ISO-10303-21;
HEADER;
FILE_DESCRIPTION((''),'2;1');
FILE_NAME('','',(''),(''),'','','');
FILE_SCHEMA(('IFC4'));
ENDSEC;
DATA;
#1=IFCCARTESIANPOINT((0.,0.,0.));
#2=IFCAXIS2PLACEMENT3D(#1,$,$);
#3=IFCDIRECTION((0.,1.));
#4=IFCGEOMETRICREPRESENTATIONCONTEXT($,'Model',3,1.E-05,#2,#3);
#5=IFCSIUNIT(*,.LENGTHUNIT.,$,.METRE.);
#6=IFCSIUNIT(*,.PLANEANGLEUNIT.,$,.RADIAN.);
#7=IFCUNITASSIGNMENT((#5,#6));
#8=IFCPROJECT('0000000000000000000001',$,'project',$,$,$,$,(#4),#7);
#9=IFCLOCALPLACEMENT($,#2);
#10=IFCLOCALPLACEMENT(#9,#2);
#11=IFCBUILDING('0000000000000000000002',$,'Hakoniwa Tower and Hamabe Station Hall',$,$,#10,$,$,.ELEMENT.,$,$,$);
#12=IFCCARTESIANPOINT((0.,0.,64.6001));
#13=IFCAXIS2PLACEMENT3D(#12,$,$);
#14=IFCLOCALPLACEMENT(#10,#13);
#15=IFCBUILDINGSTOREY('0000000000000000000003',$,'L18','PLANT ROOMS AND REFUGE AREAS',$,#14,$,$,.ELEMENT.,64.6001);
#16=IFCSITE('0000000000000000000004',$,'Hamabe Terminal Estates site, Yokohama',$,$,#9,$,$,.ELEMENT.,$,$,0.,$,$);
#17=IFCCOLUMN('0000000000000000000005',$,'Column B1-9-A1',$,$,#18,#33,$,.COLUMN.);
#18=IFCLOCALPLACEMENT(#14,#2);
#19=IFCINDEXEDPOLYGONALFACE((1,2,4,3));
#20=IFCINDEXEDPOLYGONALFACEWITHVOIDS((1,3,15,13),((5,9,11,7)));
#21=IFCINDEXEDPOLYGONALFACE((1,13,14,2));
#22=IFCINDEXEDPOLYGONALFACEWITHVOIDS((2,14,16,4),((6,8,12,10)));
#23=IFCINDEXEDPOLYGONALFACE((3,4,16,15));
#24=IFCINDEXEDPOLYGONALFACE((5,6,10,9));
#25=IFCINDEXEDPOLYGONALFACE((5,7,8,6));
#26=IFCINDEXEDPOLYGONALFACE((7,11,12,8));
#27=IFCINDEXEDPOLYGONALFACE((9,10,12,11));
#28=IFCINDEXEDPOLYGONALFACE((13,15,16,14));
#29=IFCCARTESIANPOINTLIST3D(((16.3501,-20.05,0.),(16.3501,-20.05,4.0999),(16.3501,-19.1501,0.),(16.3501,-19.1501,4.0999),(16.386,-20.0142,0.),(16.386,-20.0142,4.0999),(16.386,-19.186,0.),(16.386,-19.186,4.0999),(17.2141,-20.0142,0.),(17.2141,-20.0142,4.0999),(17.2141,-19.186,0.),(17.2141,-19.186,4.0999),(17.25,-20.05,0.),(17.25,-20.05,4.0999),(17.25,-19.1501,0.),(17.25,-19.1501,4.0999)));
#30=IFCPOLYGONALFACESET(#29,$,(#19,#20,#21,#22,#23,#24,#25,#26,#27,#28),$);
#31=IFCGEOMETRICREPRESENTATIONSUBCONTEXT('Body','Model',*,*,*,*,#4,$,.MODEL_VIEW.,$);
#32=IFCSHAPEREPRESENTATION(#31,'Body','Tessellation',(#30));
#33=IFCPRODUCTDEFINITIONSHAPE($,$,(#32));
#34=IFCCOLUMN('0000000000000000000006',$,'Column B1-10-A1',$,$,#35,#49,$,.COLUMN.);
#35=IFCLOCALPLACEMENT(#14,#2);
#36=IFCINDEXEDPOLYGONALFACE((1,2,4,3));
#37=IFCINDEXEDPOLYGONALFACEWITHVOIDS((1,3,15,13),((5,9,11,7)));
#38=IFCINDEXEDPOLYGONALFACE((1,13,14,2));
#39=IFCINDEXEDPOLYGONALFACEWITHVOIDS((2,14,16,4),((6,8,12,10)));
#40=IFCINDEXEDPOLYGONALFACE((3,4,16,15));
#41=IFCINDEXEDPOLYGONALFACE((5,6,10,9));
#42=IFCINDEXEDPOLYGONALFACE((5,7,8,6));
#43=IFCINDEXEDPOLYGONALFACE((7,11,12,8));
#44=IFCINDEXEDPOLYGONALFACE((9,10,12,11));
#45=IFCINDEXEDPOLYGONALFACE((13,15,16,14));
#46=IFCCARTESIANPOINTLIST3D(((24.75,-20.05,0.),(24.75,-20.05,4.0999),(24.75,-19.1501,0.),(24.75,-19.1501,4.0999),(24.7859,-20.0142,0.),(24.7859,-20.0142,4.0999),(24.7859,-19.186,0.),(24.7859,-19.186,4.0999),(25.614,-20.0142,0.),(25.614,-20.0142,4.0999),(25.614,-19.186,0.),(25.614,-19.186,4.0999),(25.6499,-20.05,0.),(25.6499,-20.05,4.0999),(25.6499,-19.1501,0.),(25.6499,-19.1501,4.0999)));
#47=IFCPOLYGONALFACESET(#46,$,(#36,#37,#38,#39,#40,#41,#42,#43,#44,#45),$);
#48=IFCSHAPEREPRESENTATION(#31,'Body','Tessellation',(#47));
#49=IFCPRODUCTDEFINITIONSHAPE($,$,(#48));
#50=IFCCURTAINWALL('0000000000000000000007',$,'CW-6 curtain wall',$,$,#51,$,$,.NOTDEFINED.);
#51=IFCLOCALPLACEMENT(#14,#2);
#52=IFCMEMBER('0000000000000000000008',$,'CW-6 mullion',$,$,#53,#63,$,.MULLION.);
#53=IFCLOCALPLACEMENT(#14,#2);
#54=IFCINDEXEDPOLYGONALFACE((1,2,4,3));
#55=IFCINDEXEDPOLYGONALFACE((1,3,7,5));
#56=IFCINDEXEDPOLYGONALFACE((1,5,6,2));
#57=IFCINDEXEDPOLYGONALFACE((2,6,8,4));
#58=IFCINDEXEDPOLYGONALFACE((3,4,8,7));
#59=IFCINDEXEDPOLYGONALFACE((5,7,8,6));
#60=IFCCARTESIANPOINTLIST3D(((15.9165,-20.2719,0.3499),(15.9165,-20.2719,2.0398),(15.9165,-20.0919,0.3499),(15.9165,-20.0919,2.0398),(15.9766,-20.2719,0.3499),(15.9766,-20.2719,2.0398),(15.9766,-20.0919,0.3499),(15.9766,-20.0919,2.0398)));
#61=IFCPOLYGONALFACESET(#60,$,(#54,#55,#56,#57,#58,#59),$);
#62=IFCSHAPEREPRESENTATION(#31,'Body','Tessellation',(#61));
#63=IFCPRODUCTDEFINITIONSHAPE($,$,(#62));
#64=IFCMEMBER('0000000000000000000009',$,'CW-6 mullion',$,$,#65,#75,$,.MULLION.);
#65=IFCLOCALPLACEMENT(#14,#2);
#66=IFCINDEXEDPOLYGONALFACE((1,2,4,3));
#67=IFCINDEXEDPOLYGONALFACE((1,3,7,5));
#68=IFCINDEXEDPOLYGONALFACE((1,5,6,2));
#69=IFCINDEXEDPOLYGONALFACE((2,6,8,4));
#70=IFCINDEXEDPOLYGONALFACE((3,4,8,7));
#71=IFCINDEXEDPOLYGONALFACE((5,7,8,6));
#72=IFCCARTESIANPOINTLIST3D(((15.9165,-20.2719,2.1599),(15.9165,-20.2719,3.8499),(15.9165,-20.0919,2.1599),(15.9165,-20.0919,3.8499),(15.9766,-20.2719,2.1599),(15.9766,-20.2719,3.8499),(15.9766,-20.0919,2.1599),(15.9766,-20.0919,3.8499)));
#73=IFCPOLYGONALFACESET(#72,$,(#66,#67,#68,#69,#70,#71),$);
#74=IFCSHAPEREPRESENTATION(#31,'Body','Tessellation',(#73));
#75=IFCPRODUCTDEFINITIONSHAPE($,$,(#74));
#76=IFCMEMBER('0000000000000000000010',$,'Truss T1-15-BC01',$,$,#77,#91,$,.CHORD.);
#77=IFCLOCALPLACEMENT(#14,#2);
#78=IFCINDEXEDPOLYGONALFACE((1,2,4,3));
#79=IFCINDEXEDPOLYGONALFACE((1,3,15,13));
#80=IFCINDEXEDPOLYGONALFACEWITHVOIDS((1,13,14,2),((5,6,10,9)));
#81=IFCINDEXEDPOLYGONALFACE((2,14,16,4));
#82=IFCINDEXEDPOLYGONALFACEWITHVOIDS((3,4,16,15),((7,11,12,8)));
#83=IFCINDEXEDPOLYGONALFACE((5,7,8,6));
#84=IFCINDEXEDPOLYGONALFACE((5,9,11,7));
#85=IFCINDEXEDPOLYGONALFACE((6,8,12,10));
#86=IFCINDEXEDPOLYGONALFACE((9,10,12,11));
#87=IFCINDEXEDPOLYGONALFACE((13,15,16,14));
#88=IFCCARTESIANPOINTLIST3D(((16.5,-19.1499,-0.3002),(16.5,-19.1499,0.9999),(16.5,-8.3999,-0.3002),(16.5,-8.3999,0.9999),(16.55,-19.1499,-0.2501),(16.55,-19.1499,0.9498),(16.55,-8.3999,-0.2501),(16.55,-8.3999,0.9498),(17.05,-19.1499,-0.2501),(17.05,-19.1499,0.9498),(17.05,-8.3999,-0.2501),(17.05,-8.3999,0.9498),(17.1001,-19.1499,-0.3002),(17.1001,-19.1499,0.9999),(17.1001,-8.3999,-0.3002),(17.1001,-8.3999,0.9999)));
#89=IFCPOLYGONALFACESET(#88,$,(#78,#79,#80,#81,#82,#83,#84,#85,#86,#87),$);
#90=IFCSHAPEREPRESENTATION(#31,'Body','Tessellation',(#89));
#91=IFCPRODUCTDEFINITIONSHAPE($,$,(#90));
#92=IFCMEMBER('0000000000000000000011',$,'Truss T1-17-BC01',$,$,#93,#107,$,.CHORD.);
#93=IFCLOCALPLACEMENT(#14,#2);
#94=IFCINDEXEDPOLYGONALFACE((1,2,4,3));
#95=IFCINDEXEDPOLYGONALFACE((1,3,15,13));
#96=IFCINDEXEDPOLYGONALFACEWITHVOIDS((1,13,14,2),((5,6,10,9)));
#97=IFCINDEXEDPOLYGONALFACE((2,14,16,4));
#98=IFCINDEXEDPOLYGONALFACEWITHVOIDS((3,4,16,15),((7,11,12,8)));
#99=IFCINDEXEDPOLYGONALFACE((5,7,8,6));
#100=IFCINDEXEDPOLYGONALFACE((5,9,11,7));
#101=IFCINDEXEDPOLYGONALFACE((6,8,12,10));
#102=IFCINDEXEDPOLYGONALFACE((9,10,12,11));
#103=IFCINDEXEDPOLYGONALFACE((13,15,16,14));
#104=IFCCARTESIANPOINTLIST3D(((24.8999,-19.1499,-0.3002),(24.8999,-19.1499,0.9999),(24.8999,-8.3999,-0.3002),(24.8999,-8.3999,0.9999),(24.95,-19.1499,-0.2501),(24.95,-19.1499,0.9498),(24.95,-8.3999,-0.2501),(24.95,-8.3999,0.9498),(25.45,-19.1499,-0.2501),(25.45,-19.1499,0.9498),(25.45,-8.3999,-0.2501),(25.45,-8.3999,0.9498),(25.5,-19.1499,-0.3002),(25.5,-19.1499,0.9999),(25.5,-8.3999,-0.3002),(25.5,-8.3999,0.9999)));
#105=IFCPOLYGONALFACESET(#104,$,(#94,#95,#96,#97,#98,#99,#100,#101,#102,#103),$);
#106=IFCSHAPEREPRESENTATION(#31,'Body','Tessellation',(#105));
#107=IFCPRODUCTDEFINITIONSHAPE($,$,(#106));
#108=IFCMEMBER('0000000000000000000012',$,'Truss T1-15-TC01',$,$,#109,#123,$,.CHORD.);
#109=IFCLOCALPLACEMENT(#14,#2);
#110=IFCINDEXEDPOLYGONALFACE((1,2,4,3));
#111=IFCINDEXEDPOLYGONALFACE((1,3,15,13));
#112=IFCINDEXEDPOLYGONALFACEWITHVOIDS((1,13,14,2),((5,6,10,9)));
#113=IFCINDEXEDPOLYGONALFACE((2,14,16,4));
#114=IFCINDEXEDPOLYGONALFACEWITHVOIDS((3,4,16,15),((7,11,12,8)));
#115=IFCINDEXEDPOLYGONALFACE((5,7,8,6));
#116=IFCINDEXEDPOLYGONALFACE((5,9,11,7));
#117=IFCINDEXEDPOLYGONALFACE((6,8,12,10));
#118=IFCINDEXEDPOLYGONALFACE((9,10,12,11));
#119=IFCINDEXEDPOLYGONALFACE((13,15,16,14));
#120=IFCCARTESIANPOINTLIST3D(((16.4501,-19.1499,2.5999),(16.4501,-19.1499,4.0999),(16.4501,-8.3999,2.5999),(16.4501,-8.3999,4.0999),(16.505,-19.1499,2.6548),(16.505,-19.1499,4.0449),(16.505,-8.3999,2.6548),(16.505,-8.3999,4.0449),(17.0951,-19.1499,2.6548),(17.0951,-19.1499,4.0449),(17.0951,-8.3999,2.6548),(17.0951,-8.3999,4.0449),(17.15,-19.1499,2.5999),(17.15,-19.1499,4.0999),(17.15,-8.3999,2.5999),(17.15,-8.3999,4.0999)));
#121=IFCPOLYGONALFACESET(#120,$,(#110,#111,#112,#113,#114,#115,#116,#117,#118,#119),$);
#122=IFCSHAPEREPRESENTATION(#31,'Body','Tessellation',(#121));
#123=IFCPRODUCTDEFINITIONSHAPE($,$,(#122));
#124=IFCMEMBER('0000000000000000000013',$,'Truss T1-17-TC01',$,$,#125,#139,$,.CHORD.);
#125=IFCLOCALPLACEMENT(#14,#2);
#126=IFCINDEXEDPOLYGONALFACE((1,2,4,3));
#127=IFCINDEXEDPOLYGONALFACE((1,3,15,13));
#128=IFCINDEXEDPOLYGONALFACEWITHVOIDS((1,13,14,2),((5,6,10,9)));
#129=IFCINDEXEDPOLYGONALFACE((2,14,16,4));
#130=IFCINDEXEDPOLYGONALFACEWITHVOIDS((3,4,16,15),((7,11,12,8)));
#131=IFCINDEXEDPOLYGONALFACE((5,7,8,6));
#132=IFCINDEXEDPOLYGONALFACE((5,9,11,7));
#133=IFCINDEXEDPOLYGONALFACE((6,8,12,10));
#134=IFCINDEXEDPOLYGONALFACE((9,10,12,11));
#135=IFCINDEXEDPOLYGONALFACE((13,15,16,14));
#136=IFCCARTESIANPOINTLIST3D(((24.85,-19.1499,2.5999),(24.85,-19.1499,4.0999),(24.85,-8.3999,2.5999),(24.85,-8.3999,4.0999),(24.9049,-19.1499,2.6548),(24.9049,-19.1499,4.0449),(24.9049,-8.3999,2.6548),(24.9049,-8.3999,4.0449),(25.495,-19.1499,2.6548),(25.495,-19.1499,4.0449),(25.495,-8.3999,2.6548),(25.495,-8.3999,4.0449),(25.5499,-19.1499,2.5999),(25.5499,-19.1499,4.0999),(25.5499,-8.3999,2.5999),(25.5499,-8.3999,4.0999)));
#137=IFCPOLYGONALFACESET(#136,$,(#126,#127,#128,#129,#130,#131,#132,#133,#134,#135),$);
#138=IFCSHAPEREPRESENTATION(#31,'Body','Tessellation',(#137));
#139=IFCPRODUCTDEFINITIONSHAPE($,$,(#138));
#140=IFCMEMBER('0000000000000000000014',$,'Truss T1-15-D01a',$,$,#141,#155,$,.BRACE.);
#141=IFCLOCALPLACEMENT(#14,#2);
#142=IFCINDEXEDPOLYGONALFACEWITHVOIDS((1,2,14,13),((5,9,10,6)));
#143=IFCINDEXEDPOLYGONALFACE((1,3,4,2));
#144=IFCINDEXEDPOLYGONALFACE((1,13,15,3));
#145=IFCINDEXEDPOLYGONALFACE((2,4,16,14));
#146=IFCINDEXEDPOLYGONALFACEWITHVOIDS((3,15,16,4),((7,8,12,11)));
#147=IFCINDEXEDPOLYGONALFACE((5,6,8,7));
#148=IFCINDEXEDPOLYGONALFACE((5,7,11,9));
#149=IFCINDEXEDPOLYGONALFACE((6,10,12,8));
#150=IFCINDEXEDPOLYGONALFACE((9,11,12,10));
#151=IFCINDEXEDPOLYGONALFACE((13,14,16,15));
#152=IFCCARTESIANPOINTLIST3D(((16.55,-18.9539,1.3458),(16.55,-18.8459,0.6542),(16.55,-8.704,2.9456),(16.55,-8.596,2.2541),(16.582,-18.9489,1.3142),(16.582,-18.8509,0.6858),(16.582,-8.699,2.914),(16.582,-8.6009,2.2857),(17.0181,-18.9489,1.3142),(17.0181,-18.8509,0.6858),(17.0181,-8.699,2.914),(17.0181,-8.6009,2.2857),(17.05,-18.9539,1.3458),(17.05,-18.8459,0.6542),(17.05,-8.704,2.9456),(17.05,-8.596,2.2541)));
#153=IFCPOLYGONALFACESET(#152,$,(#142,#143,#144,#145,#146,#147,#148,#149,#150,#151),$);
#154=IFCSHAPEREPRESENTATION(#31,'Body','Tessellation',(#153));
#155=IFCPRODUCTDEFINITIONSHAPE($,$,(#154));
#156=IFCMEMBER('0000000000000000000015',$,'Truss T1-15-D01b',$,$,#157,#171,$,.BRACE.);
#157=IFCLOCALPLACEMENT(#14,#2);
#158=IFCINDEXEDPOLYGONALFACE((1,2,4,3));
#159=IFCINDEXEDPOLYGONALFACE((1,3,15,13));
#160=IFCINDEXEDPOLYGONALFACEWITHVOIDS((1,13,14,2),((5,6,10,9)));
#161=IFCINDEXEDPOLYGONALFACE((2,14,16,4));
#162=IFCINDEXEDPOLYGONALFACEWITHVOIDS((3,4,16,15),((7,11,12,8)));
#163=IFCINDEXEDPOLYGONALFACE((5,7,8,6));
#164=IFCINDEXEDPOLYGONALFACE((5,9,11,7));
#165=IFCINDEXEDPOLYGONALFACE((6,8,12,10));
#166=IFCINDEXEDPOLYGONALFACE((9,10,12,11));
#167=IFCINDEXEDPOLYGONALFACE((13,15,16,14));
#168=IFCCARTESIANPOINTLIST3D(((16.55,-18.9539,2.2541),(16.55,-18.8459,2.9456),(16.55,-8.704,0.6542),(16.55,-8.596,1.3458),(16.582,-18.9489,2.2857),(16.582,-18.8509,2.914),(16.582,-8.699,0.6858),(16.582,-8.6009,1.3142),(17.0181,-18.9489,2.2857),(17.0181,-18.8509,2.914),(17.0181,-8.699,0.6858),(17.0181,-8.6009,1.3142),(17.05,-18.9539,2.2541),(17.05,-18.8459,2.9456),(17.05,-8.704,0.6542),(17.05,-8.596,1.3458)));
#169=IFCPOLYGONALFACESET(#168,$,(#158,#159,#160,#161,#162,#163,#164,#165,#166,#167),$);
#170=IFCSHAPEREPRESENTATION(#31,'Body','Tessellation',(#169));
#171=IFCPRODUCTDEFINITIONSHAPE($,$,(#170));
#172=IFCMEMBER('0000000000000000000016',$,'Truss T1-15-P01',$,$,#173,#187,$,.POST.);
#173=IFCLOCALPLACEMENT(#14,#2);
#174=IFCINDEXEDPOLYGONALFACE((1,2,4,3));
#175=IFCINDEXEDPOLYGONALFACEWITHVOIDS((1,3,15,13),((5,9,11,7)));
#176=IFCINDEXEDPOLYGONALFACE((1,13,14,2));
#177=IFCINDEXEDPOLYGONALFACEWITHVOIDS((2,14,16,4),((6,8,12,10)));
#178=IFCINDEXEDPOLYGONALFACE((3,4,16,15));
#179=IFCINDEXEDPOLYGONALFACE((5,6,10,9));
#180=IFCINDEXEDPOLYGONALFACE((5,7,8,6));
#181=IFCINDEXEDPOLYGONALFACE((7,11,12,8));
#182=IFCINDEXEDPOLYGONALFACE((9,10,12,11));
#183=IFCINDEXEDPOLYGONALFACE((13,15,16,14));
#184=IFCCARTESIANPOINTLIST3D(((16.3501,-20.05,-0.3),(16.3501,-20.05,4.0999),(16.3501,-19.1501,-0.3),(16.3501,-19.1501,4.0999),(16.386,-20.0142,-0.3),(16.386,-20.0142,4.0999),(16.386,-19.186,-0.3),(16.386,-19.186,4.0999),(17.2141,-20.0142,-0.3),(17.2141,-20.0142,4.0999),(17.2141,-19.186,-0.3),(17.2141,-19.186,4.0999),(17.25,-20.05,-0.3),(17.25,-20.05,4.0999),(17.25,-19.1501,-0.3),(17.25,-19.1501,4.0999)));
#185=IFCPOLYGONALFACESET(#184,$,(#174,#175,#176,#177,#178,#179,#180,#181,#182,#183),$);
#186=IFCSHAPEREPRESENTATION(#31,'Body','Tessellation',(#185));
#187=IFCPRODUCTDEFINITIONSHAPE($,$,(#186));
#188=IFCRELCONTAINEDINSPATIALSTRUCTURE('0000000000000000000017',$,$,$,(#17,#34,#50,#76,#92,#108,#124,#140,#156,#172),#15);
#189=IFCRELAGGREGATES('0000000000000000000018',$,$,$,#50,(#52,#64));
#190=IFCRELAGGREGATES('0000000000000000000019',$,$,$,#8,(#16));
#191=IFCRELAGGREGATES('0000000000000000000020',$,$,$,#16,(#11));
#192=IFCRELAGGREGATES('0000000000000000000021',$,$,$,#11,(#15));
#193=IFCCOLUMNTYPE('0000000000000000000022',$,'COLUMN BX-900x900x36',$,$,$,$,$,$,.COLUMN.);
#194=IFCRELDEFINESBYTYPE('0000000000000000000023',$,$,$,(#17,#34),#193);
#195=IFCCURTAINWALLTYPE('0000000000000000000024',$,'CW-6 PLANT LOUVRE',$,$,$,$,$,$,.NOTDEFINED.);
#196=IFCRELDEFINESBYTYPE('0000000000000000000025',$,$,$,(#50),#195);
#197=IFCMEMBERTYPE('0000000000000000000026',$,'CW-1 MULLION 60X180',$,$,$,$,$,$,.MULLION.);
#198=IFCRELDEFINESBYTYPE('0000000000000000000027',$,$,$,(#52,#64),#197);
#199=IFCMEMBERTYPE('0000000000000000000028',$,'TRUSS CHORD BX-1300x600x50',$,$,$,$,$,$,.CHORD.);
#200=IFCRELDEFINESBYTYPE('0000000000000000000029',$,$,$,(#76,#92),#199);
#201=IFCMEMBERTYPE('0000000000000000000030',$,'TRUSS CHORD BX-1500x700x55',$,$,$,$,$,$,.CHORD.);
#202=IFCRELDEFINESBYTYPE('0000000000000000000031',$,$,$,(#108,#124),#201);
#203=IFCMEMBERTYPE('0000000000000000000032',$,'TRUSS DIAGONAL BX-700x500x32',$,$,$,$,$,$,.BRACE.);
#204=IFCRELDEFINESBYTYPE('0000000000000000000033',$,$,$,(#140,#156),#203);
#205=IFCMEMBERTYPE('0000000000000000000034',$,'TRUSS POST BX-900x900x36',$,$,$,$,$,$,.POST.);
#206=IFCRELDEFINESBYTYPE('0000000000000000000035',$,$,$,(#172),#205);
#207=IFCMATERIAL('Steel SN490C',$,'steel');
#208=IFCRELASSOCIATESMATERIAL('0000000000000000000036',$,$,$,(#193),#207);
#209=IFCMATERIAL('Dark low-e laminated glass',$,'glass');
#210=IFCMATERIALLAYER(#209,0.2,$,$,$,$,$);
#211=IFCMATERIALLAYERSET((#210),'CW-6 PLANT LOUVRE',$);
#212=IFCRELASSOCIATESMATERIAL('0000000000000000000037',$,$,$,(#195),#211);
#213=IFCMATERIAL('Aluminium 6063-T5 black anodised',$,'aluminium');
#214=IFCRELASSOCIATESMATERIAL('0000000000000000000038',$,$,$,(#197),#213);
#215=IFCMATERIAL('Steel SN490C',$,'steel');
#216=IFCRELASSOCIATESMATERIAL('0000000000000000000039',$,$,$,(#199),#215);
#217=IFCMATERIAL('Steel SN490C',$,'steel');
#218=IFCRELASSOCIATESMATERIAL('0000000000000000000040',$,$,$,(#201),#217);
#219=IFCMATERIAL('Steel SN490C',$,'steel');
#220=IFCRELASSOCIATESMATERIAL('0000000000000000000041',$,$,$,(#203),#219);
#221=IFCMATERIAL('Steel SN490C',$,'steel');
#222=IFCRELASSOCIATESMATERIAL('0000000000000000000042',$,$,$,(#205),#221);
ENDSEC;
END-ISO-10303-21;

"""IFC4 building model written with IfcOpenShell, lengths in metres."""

from ifc_helpers import new_model, si_unit, direction, frame, origin, origin_2d, place, context, subcontext, project, spatial, rectangle, hollow_rectangle, extrude, material, layer, layer_set, material_profile, profile_set, type_object, element, aggregate, save


model = new_model("IFC4")

# Units and contexts
model_context = context("Model", 3, precision=1e-05, world=origin(), true_north=direction((0.0, 1.0)))
body_context = subcontext(model_context, "Body", "Model", "MODEL_VIEW")
ifc_project = project(units=[si_unit("LENGTHUNIT", "METRE"), si_unit("PLANEANGLEUNIT", "RADIAN")], contexts=[model_context])

# Site, building, storey
site_placement = place(None, origin())
site = spatial("IfcSite", under=ifc_project, at=site_placement, Name="Hamabe Terminal Estates site, Yokohama", CompositionType="ELEMENT", RefElevation=0.0)
building_placement = place(site_placement, origin())
building = spatial("IfcBuilding", under=site, at=building_placement, Name="Hakoniwa Tower and Hamabe Station Hall", CompositionType="ELEMENT")
storey_placement = place(building_placement, frame((0.0, 0.0, 64.6001)))
storey = spatial("IfcBuildingStorey", under=building, at=storey_placement, Name="L18", Description="PLANT ROOMS AND REFUGE AREAS", CompositionType="ELEMENT", Elevation=64.6001)

# Columns
ifc_material_1 = material(Name="Steel SN490C", Category="steel")
ifc_material_profile_1 = material_profile(ifc_material_1, hollow_rectangle(XDim=0.8999, YDim=0.8999, WallThickness=0.0359, at=origin_2d()), Name="BX-900x900x36")
ifc_profile_set_1 = profile_set([ifc_material_profile_1], Name="Steel SN490C")
column_type = type_object("IfcColumnType", Name="COLUMN BX-900x900x36", PredefinedType="COLUMN", material=ifc_profile_set_1)
for number, where, z_axis, x_axis, name in (
    (1, (16.8, -19.6001, 0.0), (0.0, 0.0, 1.0), (1.0, 0.0, 0.0), "Column B1-9-A1"),
    (2, (25.2, -19.6001, 0.0), (0.0, 0.0, 1.0), (1.0, 0.0, 0.0), "Column B1-10-A1"),
):
    element("IfcColumn", number, at=place(storey_placement, frame(where, z_axis=z_axis, x_axis=x_axis)), inside=storey, type_object=column_type, Name=name, PredefinedType="COLUMN", context=body_context, shape_type="SweptSolid", body=[
        extrude(hollow_rectangle(XDim=0.8999, YDim=0.8999, WallThickness=0.0359, at=origin_2d()), origin(), (0.0, 0.0, 1.0), 4.0999),
    ])

# Curtain wall, members
ifc_material_2 = material(Name="Dark low-e laminated glass", Category="glass")
ifc_layer_1 = layer(ifc_material_2, 0.2)
ifc_layer_set_1 = layer_set([ifc_layer_1], Name="CW-6 PLANT LOUVRE")
curtain_wall_type = type_object("IfcCurtainWallType", Name="CW-6 PLANT LOUVRE", PredefinedType="NOTDEFINED", material=ifc_layer_set_1)
curtain_wall_placement = place(storey_placement, origin())
curtain_wall = element("IfcCurtainWall", 3, at=curtain_wall_placement, inside=storey, type_object=curtain_wall_type, Name="CW-6 curtain wall", PredefinedType="NOTDEFINED")
ifc_material_3 = material(Name="Aluminium 6063-T5 black anodised", Category="aluminium")
ifc_material_profile_2 = material_profile(ifc_material_3, rectangle(XDim=0.0601, YDim=0.1799, at=origin_2d()), Name="CW-1 MULLION 60X180")
ifc_profile_set_2 = profile_set([ifc_material_profile_2], Name="Aluminium 6063-T5 black anodised")
member_type_1 = type_object("IfcMemberType", Name="CW-1 MULLION 60X180", PredefinedType="MULLION", material=ifc_profile_set_2)
member_1_placement = place(storey_placement, frame((15.9465, -20.1819, 0.3499), z_axis=(0.0, 0.0, 1.0), x_axis=(1.0, 0.0, 0.0)))
member_1 = element("IfcMember", 4, at=member_1_placement, type_object=member_type_1, Name="CW-6 mullion", PredefinedType="MULLION", context=body_context, shape_type="SweptSolid", body=[
    extrude(rectangle(XDim=0.0601, YDim=0.1799, at=origin_2d()), origin(), (0.0, 0.0, 1.0), 1.6899),
])
member_2_placement = place(storey_placement, frame((15.9465, -20.1819, 2.1599), z_axis=(0.0, 0.0, 1.0), x_axis=(1.0, 0.0, 0.0)))
member_2 = element("IfcMember", 5, at=member_2_placement, type_object=member_type_1, Name="CW-6 mullion", PredefinedType="MULLION", context=body_context, shape_type="SweptSolid", body=[
    extrude(rectangle(XDim=0.0601, YDim=0.1799, at=origin_2d()), origin(), (0.0, 0.0, 1.0), 1.6899),
])

# Members
ifc_material_4 = material(Name="Steel SN490C", Category="steel")
ifc_material_profile_3 = material_profile(ifc_material_4, hollow_rectangle(XDim=0.6001, YDim=1.3, WallThickness=0.05, at=origin_2d()), Name="BX-1300x600x50")
ifc_profile_set_3 = profile_set([ifc_material_profile_3], Name="Steel SN490C")
member_type_2 = type_object("IfcMemberType", Name="TRUSS CHORD BX-1300x600x50", PredefinedType="CHORD", material=ifc_profile_set_3)
for number, where, z_axis, x_axis, name in (
    (6, (16.8, -19.1499, 0.3499), (0.0, 1.0, 0.0), (-1.0, 0.0, 0.0), "Truss T1-15-BC01"),
    (7, (25.2, -19.1499, 0.3499), (0.0, 1.0, 0.0), (-1.0, 0.0, 0.0), "Truss T1-17-BC01"),
):
    element("IfcMember", number, at=place(storey_placement, frame(where, z_axis=z_axis, x_axis=x_axis)), inside=storey, type_object=member_type_2, Name=name, PredefinedType="CHORD", context=body_context, shape_type="SweptSolid", body=[
        extrude(hollow_rectangle(XDim=0.6001, YDim=1.3, WallThickness=0.05, at=origin_2d()), origin(), (0.0, 0.0, 1.0), 10.75),
    ])
ifc_material_5 = material(Name="Steel SN490C", Category="steel")
ifc_material_profile_4 = material_profile(ifc_material_5, hollow_rectangle(XDim=0.7, YDim=1.5, WallThickness=0.0549, at=origin_2d()), Name="BX-1500x700x55")
ifc_profile_set_4 = profile_set([ifc_material_profile_4], Name="Steel SN490C")
member_type_3 = type_object("IfcMemberType", Name="TRUSS CHORD BX-1500x700x55", PredefinedType="CHORD", material=ifc_profile_set_4)
for number, where, z_axis, x_axis, name in (
    (8, (16.8, -19.1499, 3.3499), (0.0, 1.0, 0.0), (-1.0, 0.0, 0.0), "Truss T1-15-TC01"),
    (9, (25.2, -19.1499, 3.3499), (0.0, 1.0, 0.0), (-1.0, 0.0, 0.0), "Truss T1-17-TC01"),
):
    element("IfcMember", number, at=place(storey_placement, frame(where, z_axis=z_axis, x_axis=x_axis)), inside=storey, type_object=member_type_3, Name=name, PredefinedType="CHORD", context=body_context, shape_type="SweptSolid", body=[
        extrude(hollow_rectangle(XDim=0.7, YDim=1.5, WallThickness=0.0549, at=origin_2d()), origin(), (0.0, 0.0, 1.0), 10.75),
    ])
ifc_material_6 = material(Name="Steel SN490C", Category="steel")
ifc_material_profile_5 = material_profile(ifc_material_6, hollow_rectangle(XDim=0.5, YDim=0.7, WallThickness=0.032, at=origin_2d()), Name="BX-700x500x32")
ifc_profile_set_5 = profile_set([ifc_material_profile_5], Name="Steel SN490C")
member_type_4 = type_object("IfcMemberType", Name="TRUSS DIAGONAL BX-700x500x32", PredefinedType="BRACE", material=ifc_profile_set_5)
for number, where, z_axis, x_axis, name in (
    (10, (16.8, -18.8999, 1.0), (0.0, 0.988037, 0.154216), (-1.0, 0.0, 0.0), "Truss T1-15-D01a"),
    (11, (16.8, -18.8999, 2.5999), (0.0, 0.988037, -0.154216), (-1.0, 0.0, 0.0), "Truss T1-15-D01b"),
):
    element("IfcMember", number, at=place(storey_placement, frame(where, z_axis=z_axis, x_axis=x_axis)), inside=storey, type_object=member_type_4, Name=name, PredefinedType="BRACE", context=body_context, shape_type="SweptSolid", body=[
        extrude(hollow_rectangle(XDim=0.5, YDim=0.7, WallThickness=0.032, at=origin_2d()), origin(), (0.0, 0.0, 1.0), 10.374),
    ])
ifc_material_7 = material(Name="Steel SN490C", Category="steel")
ifc_material_profile_6 = material_profile(ifc_material_7, hollow_rectangle(XDim=0.8999, YDim=0.8999, WallThickness=0.0359, at=origin_2d()), Name="BX-900x900x36")
ifc_profile_set_6 = profile_set([ifc_material_profile_6], Name="Steel SN490C")
member_type_5 = type_object("IfcMemberType", Name="TRUSS POST BX-900x900x36", PredefinedType="POST", material=ifc_profile_set_6)
for number, where, z_axis, x_axis, name in (
    (12, (16.8, -19.6001, -0.3), (0.0, 0.0, 1.0), (1.0, 0.0, 0.0), "Truss T1-15-P01"),
):
    element("IfcMember", number, at=place(storey_placement, frame(where, z_axis=z_axis, x_axis=x_axis)), inside=storey, type_object=member_type_5, Name=name, PredefinedType="POST", context=body_context, shape_type="SweptSolid", body=[
        extrude(hollow_rectangle(XDim=0.8999, YDim=0.8999, WallThickness=0.0359, at=origin_2d()), origin(), (0.0, 0.0, 1.0), 4.3999),
    ])

aggregate(curtain_wall, [member_1, member_2])

save(model, "model.ifc")
